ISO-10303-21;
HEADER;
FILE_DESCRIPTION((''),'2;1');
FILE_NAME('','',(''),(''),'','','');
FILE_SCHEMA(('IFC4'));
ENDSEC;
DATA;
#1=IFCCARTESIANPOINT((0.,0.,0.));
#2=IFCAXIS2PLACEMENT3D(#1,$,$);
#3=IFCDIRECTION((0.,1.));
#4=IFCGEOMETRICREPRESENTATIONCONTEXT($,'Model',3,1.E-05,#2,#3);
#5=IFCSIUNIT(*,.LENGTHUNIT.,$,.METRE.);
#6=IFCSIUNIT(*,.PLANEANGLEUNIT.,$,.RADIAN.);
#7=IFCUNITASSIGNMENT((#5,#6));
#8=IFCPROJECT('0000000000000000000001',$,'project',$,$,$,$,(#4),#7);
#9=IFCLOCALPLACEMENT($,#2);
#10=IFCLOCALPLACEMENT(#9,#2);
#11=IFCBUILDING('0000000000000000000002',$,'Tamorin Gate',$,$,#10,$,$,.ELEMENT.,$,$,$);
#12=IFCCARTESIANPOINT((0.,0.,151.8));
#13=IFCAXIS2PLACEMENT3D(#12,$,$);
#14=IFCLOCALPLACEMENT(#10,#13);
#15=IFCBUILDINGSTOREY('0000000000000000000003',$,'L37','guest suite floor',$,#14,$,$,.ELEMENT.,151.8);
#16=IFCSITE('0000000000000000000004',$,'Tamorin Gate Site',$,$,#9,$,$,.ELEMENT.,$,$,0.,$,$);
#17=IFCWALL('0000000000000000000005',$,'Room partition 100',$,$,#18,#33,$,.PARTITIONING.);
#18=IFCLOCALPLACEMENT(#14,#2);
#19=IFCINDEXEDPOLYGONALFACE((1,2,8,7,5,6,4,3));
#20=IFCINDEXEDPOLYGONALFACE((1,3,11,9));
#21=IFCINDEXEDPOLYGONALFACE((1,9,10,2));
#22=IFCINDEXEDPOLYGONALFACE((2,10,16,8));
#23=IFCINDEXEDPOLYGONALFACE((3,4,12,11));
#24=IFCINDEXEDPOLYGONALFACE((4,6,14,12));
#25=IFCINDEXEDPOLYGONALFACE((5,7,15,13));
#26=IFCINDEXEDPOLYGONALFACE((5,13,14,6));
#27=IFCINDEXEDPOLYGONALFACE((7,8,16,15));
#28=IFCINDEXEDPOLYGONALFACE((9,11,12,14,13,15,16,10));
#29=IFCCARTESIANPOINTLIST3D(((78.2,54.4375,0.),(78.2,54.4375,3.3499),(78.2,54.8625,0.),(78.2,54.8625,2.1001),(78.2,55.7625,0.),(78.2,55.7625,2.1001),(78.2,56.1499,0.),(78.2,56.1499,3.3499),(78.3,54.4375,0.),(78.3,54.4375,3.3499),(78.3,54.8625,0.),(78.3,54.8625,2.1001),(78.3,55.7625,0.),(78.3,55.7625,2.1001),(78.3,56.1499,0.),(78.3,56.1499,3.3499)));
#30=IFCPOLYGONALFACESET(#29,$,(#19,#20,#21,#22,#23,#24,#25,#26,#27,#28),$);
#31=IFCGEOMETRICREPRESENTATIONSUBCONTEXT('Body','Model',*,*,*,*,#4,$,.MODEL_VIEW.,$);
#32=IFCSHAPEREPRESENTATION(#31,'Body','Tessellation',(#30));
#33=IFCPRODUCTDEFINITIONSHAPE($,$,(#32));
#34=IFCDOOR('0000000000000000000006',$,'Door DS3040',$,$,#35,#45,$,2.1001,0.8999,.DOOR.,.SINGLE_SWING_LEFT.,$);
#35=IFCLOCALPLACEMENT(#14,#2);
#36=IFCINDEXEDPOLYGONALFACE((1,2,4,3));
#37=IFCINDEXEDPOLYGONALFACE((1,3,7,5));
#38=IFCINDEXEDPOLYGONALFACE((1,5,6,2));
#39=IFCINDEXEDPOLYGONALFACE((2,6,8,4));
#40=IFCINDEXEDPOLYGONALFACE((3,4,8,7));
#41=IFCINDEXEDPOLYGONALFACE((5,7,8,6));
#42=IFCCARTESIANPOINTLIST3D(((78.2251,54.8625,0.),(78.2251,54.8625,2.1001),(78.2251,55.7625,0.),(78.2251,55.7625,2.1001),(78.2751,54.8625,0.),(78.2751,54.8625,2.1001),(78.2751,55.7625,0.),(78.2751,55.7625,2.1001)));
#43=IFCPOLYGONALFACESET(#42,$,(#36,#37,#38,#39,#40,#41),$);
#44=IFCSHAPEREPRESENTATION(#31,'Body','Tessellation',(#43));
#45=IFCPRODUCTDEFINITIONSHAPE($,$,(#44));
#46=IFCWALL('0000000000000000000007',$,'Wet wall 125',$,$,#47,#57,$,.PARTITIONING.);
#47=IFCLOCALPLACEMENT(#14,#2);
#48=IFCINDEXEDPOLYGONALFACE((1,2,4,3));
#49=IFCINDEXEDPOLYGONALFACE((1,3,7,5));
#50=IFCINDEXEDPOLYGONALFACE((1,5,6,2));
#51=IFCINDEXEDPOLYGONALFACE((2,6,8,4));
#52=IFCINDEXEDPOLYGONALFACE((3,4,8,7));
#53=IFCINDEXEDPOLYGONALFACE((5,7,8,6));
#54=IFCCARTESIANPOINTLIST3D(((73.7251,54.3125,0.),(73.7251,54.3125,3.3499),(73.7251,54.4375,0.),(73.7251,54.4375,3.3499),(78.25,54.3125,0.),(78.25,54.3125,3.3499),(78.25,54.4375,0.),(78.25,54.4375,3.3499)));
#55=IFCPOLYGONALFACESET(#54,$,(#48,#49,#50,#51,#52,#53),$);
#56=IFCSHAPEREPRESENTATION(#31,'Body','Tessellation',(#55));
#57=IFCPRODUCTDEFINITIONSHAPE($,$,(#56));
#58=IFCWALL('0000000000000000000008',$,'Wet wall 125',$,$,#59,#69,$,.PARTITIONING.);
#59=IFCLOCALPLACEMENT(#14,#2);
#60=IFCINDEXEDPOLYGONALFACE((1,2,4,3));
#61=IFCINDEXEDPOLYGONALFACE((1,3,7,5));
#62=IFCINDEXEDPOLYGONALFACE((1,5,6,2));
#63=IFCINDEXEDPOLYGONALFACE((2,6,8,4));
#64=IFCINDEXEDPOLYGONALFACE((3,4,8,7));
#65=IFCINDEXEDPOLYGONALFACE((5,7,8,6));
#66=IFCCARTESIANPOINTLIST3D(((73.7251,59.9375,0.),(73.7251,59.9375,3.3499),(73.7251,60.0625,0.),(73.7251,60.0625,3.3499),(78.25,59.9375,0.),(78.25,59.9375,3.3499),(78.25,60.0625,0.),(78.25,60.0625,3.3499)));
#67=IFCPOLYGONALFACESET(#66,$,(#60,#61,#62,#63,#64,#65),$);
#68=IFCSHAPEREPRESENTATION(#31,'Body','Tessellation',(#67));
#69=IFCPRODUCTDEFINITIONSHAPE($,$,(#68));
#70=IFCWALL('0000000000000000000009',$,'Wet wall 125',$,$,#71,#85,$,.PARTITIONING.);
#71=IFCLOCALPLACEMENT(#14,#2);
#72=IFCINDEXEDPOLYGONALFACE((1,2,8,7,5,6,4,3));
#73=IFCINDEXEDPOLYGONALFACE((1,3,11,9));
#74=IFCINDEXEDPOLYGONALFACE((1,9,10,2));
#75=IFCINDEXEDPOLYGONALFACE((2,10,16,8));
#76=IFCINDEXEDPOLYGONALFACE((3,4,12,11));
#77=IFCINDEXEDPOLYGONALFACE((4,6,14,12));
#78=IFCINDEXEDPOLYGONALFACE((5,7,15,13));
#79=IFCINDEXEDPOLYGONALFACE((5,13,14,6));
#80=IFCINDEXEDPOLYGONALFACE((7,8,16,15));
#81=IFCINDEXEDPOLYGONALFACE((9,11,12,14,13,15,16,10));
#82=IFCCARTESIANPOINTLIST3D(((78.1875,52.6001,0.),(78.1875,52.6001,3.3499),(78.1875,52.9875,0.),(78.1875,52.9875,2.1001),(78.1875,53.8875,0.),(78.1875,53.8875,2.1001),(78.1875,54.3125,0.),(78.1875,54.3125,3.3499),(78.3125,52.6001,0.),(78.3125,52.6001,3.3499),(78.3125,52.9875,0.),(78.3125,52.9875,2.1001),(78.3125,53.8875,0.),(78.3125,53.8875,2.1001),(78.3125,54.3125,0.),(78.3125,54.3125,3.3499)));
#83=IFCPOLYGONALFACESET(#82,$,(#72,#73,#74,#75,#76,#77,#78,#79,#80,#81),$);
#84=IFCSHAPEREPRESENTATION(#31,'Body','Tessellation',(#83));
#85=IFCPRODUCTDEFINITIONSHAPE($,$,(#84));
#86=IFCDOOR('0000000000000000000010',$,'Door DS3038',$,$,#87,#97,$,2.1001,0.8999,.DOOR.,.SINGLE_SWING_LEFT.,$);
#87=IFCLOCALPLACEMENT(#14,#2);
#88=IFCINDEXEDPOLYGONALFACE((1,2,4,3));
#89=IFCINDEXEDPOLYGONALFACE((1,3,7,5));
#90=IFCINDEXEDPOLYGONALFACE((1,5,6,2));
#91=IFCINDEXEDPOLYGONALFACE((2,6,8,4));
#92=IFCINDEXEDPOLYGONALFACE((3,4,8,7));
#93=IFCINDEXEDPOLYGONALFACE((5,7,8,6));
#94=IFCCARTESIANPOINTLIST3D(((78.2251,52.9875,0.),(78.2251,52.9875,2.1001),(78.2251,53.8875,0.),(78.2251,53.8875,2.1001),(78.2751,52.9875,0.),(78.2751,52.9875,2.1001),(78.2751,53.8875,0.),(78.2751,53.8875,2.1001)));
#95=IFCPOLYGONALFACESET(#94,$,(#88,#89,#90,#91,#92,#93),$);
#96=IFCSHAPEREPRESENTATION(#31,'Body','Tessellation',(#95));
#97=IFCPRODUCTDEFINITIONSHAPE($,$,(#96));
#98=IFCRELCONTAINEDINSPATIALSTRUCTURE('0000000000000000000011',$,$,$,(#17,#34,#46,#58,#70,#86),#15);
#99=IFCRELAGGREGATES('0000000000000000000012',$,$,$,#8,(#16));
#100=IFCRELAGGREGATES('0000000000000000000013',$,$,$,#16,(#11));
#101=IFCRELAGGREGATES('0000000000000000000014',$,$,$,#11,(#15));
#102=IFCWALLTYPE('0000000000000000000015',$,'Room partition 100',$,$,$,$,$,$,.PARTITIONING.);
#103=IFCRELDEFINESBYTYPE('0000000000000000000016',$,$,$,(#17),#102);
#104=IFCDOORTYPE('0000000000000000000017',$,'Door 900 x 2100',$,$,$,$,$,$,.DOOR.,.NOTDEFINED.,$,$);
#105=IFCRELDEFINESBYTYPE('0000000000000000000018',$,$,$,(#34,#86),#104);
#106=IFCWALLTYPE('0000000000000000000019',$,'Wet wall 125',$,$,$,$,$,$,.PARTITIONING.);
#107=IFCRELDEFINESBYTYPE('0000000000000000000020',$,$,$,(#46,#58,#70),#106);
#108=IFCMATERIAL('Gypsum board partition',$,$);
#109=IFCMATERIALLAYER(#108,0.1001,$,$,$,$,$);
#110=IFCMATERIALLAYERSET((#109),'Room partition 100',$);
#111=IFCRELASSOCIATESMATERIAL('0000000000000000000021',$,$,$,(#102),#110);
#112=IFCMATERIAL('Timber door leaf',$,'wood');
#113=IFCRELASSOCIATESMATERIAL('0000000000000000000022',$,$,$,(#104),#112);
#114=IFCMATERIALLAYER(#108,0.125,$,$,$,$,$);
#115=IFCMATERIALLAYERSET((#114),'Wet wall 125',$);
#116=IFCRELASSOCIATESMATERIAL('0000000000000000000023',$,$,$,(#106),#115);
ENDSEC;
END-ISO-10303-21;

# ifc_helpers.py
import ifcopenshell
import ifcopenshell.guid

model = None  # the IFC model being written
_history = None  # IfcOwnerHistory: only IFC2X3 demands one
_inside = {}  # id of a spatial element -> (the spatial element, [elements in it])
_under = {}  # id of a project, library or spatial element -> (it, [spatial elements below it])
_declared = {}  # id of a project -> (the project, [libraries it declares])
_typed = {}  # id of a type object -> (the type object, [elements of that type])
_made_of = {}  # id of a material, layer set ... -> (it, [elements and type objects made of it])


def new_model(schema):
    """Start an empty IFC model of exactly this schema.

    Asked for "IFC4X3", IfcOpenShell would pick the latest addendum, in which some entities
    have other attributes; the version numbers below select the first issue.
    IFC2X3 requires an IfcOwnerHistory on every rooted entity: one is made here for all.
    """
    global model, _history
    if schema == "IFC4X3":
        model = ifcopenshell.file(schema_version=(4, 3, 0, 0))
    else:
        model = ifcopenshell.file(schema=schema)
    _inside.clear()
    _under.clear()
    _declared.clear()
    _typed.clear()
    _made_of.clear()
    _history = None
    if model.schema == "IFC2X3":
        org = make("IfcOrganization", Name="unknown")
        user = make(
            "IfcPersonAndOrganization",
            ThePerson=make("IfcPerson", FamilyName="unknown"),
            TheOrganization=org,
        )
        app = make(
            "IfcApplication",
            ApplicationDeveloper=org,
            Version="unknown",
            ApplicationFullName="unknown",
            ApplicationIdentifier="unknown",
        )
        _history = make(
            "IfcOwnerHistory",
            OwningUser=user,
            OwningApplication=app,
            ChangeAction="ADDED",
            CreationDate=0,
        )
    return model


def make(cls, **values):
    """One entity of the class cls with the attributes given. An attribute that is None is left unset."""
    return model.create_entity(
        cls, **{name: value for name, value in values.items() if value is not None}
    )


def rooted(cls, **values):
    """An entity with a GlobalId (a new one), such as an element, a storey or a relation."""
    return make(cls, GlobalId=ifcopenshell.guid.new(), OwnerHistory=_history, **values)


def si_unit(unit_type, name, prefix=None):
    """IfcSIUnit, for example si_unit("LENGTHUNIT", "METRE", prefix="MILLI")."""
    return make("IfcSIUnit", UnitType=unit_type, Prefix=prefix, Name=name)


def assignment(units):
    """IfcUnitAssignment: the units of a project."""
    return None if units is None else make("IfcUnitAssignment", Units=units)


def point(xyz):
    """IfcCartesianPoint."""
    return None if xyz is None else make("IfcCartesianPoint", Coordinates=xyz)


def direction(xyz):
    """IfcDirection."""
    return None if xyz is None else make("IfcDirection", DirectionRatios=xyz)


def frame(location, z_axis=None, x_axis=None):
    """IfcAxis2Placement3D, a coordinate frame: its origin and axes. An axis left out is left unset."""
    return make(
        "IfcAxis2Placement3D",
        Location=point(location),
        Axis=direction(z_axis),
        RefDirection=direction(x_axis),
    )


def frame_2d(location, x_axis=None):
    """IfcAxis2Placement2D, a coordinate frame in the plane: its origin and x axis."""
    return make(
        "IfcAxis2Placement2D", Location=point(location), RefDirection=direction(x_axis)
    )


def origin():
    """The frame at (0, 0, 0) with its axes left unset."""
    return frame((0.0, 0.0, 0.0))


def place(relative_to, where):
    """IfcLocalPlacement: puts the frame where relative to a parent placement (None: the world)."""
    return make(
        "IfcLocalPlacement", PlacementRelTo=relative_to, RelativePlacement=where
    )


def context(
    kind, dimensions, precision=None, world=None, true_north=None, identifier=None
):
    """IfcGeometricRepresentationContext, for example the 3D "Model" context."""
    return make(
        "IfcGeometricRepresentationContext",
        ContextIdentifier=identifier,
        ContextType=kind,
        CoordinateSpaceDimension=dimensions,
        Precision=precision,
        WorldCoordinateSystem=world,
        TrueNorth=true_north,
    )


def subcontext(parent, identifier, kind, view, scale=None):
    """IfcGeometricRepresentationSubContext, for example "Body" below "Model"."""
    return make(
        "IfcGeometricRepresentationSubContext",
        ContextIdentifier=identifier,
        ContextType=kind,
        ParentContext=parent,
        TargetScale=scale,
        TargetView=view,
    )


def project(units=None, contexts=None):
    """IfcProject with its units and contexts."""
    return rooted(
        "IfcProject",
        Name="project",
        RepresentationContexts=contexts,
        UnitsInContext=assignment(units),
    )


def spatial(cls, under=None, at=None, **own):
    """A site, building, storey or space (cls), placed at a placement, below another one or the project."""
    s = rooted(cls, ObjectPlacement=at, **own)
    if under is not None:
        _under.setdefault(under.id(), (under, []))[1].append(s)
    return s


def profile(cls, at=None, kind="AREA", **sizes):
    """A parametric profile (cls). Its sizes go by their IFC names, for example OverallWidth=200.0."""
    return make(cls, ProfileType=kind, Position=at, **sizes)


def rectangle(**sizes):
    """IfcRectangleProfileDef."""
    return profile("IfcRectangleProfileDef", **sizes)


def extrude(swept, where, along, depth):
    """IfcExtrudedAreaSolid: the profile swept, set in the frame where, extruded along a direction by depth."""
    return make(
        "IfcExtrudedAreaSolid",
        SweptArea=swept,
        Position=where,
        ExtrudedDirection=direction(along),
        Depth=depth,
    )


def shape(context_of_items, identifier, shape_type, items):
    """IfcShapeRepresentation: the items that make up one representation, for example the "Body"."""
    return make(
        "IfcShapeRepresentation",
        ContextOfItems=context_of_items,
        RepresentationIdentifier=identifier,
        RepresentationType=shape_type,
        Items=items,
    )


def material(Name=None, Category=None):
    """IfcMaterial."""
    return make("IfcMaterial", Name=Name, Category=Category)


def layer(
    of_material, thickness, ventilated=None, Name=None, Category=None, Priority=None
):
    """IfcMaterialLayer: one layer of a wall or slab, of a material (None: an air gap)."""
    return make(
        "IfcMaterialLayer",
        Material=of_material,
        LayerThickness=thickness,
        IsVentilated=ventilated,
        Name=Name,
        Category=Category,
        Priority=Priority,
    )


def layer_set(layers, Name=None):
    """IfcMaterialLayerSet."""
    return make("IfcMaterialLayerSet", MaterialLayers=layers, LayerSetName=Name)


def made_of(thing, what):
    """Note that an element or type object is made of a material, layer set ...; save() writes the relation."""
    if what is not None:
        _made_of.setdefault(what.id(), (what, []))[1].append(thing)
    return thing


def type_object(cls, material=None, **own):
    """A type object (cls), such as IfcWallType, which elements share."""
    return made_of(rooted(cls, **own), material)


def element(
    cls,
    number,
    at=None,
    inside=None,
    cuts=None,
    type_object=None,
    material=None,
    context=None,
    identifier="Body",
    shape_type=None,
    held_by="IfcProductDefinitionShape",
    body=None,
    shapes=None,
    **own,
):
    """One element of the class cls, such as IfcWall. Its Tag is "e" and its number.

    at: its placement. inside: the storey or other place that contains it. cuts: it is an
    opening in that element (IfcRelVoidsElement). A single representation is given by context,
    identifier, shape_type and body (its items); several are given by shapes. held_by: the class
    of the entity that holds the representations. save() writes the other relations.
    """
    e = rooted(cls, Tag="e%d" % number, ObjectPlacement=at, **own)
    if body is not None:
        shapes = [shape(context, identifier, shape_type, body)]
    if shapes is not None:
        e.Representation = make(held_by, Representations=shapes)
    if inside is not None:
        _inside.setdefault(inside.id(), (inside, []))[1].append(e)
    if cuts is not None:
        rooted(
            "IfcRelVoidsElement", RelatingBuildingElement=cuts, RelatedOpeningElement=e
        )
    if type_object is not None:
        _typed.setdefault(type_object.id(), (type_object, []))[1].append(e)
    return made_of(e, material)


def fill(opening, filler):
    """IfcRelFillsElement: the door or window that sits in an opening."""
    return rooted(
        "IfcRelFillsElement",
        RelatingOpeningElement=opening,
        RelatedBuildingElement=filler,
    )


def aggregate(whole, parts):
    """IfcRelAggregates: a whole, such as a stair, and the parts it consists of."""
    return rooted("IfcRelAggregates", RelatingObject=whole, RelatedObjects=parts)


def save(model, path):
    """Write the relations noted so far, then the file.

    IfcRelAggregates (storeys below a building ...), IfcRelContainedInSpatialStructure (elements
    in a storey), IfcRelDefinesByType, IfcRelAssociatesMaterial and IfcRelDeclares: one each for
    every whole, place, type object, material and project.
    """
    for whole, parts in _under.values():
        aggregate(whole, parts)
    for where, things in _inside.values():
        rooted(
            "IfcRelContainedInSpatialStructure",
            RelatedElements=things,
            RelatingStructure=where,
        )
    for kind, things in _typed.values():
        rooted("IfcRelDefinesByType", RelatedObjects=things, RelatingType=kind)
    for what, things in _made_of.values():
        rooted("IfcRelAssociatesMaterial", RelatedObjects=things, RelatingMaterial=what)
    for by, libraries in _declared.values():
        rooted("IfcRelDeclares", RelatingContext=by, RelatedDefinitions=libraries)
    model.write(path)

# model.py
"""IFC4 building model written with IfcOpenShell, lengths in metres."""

from ifc_helpers import new_model, si_unit, direction, frame, frame_2d, origin, place, context, subcontext, project, spatial, rectangle, extrude, material, layer, layer_set, type_object, element, fill, save


model = new_model("IFC4")

# Units and contexts
model_context = context("Model", 3, precision=1e-05, world=origin(), true_north=direction((0.0, 1.0)))
body_context = subcontext(model_context, "Body", "Model", "MODEL_VIEW")
ifc_project = project(units=[si_unit("LENGTHUNIT", "METRE"), si_unit("PLANEANGLEUNIT", "RADIAN")], contexts=[model_context])

# Site, building, storey
site_placement = place(None, origin())
site = spatial("IfcSite", under=ifc_project, at=site_placement, Name="Tamorin Gate Site", CompositionType="ELEMENT", RefElevation=0.0)
building_placement = place(site_placement, origin())
building = spatial("IfcBuilding", under=site, at=building_placement, Name="Tamorin Gate", CompositionType="ELEMENT")
storey_placement = place(building_placement, frame((0.0, 0.0, 151.8)))
storey = spatial("IfcBuildingStorey", under=building, at=storey_placement, Name="L37", Description="guest suite floor", CompositionType="ELEMENT", Elevation=151.8)

# Shared definitions
ifc_material_1 = material(Name="Gypsum board partition")
ifc_material_2 = material(Name="Timber door leaf", Category="wood")

# Wall, opening, door
ifc_layer_1 = layer(ifc_material_1, 0.1001)
ifc_layer_set_1 = layer_set([ifc_layer_1], Name="Room partition 100")
wall_type_1 = type_object("IfcWallType", Name="Room partition 100", PredefinedType="PARTITIONING", material=ifc_layer_set_1)
wall_1_placement = place(storey_placement, frame((78.25, 54.4375, 0.0), z_axis=(0.0, 0.0, 1.0), x_axis=(0.0, 1.0, 0.0)))
wall_1 = element("IfcWall", 1, at=wall_1_placement, inside=storey, type_object=wall_type_1, Name="Room partition 100", PredefinedType="PARTITIONING", context=body_context, shape_type="SweptSolid", body=[
    extrude(rectangle(XDim=1.7124, YDim=0.1001, at=frame_2d((0.8562, 0.0))), origin(), (0.0, 0.0, 1.0), 3.3499),
])
opening_1_placement = place(wall_1_placement, frame((0.425, 0.0, 0.0)))
opening_1 = element("IfcOpeningElement", 2, at=opening_1_placement, cuts=wall_1, PredefinedType="OPENING", context=body_context, shape_type="SweptSolid", body=[
    extrude(rectangle(XDim=0.8999, YDim=2.1001, at=frame_2d((0.45, 1.05))), frame((0.0, 0.0601, 0.0), z_axis=(0.0, -1.0, 0.0), x_axis=(1.0, 0.0, 0.0)), (0.0, 0.0, 1.0), 0.1201),
])
door_type_1 = type_object("IfcDoorType", Name="Door 900 x 2100", OperationType="NOTDEFINED", PredefinedType="DOOR", material=ifc_material_2)
door_1_placement = place(opening_1_placement, origin())
door_1 = element("IfcDoor", 3, at=door_1_placement, inside=storey, type_object=door_type_1, Name="Door DS3040", OperationType="SINGLE_SWING_LEFT", OverallHeight=2.1001, OverallWidth=0.8999, PredefinedType="DOOR", context=body_context, shape_type="SweptSolid", body=[
    extrude(rectangle(XDim=0.8999, YDim=2.1001, at=frame_2d((0.45, 1.05))), frame((0.0, 0.0249, 0.0), z_axis=(0.0, -1.0, 0.0), x_axis=(1.0, 0.0, 0.0)), (0.0, 0.0, 1.0), 0.05),
])
fill(opening_1, door_1)

# Walls
ifc_layer_2 = layer(ifc_material_1, 0.125)
ifc_layer_set_2 = layer_set([ifc_layer_2], Name="Wet wall 125")
wall_type_2 = type_object("IfcWallType", Name="Wet wall 125", PredefinedType="PARTITIONING", material=ifc_layer_set_2)
for number, where, z_axis, x_axis, name in (
    (4, (73.7251, 54.375, 0.0), (0.0, 0.0, 1.0), (1.0, 0.0, 0.0), "Wet wall 125"),
    (5, (73.7251, 60.0, 0.0), (0.0, 0.0, 1.0), (1.0, 0.0, 0.0), "Wet wall 125"),
):
    element("IfcWall", number, at=place(storey_placement, frame(where, z_axis=z_axis, x_axis=x_axis)), inside=storey, type_object=wall_type_2, Name=name, PredefinedType="PARTITIONING", context=body_context, shape_type="SweptSolid", body=[
        extrude(rectangle(XDim=4.5249, YDim=0.125, at=frame_2d((2.2625, 0.0))), origin(), (0.0, 0.0, 1.0), 3.3499),
    ])

# Wall, opening, door
wall_2_placement = place(storey_placement, frame((78.25, 52.6001, 0.0), z_axis=(0.0, 0.0, 1.0), x_axis=(0.0, 1.0, 0.0)))
wall_2 = element("IfcWall", 6, at=wall_2_placement, inside=storey, type_object=wall_type_2, Name="Wet wall 125", PredefinedType="PARTITIONING", context=body_context, shape_type="SweptSolid", body=[
    extrude(rectangle(XDim=1.7124, YDim=0.125, at=frame_2d((0.8562, 0.0))), origin(), (0.0, 0.0, 1.0), 3.3499),
])
opening_2_placement = place(wall_2_placement, frame((0.3875, 0.0, 0.0)))
opening_2 = element("IfcOpeningElement", 7, at=opening_2_placement, cuts=wall_2, PredefinedType="OPENING", context=body_context, shape_type="SweptSolid", body=[
    extrude(rectangle(XDim=0.8999, YDim=2.1001, at=frame_2d((0.45, 1.05))), frame((0.0, 0.0725, 0.0), z_axis=(0.0, -1.0, 0.0), x_axis=(1.0, 0.0, 0.0)), (0.0, 0.0, 1.0), 0.145),
])
door_2_placement = place(opening_2_placement, origin())
door_2 = element("IfcDoor", 8, at=door_2_placement, inside=storey, type_object=door_type_1, Name="Door DS3038", OperationType="SINGLE_SWING_LEFT", OverallHeight=2.1001, OverallWidth=0.8999, PredefinedType="DOOR", context=body_context, shape_type="SweptSolid", body=[
    extrude(rectangle(XDim=0.8999, YDim=2.1001, at=frame_2d((0.45, 1.05))), frame((0.0, 0.0249, 0.0), z_axis=(0.0, -1.0, 0.0), x_axis=(1.0, 0.0, 0.0)), (0.0, 0.0, 1.0), 0.05),
])
fill(opening_2, door_2)

save(model, "model.ifc")
